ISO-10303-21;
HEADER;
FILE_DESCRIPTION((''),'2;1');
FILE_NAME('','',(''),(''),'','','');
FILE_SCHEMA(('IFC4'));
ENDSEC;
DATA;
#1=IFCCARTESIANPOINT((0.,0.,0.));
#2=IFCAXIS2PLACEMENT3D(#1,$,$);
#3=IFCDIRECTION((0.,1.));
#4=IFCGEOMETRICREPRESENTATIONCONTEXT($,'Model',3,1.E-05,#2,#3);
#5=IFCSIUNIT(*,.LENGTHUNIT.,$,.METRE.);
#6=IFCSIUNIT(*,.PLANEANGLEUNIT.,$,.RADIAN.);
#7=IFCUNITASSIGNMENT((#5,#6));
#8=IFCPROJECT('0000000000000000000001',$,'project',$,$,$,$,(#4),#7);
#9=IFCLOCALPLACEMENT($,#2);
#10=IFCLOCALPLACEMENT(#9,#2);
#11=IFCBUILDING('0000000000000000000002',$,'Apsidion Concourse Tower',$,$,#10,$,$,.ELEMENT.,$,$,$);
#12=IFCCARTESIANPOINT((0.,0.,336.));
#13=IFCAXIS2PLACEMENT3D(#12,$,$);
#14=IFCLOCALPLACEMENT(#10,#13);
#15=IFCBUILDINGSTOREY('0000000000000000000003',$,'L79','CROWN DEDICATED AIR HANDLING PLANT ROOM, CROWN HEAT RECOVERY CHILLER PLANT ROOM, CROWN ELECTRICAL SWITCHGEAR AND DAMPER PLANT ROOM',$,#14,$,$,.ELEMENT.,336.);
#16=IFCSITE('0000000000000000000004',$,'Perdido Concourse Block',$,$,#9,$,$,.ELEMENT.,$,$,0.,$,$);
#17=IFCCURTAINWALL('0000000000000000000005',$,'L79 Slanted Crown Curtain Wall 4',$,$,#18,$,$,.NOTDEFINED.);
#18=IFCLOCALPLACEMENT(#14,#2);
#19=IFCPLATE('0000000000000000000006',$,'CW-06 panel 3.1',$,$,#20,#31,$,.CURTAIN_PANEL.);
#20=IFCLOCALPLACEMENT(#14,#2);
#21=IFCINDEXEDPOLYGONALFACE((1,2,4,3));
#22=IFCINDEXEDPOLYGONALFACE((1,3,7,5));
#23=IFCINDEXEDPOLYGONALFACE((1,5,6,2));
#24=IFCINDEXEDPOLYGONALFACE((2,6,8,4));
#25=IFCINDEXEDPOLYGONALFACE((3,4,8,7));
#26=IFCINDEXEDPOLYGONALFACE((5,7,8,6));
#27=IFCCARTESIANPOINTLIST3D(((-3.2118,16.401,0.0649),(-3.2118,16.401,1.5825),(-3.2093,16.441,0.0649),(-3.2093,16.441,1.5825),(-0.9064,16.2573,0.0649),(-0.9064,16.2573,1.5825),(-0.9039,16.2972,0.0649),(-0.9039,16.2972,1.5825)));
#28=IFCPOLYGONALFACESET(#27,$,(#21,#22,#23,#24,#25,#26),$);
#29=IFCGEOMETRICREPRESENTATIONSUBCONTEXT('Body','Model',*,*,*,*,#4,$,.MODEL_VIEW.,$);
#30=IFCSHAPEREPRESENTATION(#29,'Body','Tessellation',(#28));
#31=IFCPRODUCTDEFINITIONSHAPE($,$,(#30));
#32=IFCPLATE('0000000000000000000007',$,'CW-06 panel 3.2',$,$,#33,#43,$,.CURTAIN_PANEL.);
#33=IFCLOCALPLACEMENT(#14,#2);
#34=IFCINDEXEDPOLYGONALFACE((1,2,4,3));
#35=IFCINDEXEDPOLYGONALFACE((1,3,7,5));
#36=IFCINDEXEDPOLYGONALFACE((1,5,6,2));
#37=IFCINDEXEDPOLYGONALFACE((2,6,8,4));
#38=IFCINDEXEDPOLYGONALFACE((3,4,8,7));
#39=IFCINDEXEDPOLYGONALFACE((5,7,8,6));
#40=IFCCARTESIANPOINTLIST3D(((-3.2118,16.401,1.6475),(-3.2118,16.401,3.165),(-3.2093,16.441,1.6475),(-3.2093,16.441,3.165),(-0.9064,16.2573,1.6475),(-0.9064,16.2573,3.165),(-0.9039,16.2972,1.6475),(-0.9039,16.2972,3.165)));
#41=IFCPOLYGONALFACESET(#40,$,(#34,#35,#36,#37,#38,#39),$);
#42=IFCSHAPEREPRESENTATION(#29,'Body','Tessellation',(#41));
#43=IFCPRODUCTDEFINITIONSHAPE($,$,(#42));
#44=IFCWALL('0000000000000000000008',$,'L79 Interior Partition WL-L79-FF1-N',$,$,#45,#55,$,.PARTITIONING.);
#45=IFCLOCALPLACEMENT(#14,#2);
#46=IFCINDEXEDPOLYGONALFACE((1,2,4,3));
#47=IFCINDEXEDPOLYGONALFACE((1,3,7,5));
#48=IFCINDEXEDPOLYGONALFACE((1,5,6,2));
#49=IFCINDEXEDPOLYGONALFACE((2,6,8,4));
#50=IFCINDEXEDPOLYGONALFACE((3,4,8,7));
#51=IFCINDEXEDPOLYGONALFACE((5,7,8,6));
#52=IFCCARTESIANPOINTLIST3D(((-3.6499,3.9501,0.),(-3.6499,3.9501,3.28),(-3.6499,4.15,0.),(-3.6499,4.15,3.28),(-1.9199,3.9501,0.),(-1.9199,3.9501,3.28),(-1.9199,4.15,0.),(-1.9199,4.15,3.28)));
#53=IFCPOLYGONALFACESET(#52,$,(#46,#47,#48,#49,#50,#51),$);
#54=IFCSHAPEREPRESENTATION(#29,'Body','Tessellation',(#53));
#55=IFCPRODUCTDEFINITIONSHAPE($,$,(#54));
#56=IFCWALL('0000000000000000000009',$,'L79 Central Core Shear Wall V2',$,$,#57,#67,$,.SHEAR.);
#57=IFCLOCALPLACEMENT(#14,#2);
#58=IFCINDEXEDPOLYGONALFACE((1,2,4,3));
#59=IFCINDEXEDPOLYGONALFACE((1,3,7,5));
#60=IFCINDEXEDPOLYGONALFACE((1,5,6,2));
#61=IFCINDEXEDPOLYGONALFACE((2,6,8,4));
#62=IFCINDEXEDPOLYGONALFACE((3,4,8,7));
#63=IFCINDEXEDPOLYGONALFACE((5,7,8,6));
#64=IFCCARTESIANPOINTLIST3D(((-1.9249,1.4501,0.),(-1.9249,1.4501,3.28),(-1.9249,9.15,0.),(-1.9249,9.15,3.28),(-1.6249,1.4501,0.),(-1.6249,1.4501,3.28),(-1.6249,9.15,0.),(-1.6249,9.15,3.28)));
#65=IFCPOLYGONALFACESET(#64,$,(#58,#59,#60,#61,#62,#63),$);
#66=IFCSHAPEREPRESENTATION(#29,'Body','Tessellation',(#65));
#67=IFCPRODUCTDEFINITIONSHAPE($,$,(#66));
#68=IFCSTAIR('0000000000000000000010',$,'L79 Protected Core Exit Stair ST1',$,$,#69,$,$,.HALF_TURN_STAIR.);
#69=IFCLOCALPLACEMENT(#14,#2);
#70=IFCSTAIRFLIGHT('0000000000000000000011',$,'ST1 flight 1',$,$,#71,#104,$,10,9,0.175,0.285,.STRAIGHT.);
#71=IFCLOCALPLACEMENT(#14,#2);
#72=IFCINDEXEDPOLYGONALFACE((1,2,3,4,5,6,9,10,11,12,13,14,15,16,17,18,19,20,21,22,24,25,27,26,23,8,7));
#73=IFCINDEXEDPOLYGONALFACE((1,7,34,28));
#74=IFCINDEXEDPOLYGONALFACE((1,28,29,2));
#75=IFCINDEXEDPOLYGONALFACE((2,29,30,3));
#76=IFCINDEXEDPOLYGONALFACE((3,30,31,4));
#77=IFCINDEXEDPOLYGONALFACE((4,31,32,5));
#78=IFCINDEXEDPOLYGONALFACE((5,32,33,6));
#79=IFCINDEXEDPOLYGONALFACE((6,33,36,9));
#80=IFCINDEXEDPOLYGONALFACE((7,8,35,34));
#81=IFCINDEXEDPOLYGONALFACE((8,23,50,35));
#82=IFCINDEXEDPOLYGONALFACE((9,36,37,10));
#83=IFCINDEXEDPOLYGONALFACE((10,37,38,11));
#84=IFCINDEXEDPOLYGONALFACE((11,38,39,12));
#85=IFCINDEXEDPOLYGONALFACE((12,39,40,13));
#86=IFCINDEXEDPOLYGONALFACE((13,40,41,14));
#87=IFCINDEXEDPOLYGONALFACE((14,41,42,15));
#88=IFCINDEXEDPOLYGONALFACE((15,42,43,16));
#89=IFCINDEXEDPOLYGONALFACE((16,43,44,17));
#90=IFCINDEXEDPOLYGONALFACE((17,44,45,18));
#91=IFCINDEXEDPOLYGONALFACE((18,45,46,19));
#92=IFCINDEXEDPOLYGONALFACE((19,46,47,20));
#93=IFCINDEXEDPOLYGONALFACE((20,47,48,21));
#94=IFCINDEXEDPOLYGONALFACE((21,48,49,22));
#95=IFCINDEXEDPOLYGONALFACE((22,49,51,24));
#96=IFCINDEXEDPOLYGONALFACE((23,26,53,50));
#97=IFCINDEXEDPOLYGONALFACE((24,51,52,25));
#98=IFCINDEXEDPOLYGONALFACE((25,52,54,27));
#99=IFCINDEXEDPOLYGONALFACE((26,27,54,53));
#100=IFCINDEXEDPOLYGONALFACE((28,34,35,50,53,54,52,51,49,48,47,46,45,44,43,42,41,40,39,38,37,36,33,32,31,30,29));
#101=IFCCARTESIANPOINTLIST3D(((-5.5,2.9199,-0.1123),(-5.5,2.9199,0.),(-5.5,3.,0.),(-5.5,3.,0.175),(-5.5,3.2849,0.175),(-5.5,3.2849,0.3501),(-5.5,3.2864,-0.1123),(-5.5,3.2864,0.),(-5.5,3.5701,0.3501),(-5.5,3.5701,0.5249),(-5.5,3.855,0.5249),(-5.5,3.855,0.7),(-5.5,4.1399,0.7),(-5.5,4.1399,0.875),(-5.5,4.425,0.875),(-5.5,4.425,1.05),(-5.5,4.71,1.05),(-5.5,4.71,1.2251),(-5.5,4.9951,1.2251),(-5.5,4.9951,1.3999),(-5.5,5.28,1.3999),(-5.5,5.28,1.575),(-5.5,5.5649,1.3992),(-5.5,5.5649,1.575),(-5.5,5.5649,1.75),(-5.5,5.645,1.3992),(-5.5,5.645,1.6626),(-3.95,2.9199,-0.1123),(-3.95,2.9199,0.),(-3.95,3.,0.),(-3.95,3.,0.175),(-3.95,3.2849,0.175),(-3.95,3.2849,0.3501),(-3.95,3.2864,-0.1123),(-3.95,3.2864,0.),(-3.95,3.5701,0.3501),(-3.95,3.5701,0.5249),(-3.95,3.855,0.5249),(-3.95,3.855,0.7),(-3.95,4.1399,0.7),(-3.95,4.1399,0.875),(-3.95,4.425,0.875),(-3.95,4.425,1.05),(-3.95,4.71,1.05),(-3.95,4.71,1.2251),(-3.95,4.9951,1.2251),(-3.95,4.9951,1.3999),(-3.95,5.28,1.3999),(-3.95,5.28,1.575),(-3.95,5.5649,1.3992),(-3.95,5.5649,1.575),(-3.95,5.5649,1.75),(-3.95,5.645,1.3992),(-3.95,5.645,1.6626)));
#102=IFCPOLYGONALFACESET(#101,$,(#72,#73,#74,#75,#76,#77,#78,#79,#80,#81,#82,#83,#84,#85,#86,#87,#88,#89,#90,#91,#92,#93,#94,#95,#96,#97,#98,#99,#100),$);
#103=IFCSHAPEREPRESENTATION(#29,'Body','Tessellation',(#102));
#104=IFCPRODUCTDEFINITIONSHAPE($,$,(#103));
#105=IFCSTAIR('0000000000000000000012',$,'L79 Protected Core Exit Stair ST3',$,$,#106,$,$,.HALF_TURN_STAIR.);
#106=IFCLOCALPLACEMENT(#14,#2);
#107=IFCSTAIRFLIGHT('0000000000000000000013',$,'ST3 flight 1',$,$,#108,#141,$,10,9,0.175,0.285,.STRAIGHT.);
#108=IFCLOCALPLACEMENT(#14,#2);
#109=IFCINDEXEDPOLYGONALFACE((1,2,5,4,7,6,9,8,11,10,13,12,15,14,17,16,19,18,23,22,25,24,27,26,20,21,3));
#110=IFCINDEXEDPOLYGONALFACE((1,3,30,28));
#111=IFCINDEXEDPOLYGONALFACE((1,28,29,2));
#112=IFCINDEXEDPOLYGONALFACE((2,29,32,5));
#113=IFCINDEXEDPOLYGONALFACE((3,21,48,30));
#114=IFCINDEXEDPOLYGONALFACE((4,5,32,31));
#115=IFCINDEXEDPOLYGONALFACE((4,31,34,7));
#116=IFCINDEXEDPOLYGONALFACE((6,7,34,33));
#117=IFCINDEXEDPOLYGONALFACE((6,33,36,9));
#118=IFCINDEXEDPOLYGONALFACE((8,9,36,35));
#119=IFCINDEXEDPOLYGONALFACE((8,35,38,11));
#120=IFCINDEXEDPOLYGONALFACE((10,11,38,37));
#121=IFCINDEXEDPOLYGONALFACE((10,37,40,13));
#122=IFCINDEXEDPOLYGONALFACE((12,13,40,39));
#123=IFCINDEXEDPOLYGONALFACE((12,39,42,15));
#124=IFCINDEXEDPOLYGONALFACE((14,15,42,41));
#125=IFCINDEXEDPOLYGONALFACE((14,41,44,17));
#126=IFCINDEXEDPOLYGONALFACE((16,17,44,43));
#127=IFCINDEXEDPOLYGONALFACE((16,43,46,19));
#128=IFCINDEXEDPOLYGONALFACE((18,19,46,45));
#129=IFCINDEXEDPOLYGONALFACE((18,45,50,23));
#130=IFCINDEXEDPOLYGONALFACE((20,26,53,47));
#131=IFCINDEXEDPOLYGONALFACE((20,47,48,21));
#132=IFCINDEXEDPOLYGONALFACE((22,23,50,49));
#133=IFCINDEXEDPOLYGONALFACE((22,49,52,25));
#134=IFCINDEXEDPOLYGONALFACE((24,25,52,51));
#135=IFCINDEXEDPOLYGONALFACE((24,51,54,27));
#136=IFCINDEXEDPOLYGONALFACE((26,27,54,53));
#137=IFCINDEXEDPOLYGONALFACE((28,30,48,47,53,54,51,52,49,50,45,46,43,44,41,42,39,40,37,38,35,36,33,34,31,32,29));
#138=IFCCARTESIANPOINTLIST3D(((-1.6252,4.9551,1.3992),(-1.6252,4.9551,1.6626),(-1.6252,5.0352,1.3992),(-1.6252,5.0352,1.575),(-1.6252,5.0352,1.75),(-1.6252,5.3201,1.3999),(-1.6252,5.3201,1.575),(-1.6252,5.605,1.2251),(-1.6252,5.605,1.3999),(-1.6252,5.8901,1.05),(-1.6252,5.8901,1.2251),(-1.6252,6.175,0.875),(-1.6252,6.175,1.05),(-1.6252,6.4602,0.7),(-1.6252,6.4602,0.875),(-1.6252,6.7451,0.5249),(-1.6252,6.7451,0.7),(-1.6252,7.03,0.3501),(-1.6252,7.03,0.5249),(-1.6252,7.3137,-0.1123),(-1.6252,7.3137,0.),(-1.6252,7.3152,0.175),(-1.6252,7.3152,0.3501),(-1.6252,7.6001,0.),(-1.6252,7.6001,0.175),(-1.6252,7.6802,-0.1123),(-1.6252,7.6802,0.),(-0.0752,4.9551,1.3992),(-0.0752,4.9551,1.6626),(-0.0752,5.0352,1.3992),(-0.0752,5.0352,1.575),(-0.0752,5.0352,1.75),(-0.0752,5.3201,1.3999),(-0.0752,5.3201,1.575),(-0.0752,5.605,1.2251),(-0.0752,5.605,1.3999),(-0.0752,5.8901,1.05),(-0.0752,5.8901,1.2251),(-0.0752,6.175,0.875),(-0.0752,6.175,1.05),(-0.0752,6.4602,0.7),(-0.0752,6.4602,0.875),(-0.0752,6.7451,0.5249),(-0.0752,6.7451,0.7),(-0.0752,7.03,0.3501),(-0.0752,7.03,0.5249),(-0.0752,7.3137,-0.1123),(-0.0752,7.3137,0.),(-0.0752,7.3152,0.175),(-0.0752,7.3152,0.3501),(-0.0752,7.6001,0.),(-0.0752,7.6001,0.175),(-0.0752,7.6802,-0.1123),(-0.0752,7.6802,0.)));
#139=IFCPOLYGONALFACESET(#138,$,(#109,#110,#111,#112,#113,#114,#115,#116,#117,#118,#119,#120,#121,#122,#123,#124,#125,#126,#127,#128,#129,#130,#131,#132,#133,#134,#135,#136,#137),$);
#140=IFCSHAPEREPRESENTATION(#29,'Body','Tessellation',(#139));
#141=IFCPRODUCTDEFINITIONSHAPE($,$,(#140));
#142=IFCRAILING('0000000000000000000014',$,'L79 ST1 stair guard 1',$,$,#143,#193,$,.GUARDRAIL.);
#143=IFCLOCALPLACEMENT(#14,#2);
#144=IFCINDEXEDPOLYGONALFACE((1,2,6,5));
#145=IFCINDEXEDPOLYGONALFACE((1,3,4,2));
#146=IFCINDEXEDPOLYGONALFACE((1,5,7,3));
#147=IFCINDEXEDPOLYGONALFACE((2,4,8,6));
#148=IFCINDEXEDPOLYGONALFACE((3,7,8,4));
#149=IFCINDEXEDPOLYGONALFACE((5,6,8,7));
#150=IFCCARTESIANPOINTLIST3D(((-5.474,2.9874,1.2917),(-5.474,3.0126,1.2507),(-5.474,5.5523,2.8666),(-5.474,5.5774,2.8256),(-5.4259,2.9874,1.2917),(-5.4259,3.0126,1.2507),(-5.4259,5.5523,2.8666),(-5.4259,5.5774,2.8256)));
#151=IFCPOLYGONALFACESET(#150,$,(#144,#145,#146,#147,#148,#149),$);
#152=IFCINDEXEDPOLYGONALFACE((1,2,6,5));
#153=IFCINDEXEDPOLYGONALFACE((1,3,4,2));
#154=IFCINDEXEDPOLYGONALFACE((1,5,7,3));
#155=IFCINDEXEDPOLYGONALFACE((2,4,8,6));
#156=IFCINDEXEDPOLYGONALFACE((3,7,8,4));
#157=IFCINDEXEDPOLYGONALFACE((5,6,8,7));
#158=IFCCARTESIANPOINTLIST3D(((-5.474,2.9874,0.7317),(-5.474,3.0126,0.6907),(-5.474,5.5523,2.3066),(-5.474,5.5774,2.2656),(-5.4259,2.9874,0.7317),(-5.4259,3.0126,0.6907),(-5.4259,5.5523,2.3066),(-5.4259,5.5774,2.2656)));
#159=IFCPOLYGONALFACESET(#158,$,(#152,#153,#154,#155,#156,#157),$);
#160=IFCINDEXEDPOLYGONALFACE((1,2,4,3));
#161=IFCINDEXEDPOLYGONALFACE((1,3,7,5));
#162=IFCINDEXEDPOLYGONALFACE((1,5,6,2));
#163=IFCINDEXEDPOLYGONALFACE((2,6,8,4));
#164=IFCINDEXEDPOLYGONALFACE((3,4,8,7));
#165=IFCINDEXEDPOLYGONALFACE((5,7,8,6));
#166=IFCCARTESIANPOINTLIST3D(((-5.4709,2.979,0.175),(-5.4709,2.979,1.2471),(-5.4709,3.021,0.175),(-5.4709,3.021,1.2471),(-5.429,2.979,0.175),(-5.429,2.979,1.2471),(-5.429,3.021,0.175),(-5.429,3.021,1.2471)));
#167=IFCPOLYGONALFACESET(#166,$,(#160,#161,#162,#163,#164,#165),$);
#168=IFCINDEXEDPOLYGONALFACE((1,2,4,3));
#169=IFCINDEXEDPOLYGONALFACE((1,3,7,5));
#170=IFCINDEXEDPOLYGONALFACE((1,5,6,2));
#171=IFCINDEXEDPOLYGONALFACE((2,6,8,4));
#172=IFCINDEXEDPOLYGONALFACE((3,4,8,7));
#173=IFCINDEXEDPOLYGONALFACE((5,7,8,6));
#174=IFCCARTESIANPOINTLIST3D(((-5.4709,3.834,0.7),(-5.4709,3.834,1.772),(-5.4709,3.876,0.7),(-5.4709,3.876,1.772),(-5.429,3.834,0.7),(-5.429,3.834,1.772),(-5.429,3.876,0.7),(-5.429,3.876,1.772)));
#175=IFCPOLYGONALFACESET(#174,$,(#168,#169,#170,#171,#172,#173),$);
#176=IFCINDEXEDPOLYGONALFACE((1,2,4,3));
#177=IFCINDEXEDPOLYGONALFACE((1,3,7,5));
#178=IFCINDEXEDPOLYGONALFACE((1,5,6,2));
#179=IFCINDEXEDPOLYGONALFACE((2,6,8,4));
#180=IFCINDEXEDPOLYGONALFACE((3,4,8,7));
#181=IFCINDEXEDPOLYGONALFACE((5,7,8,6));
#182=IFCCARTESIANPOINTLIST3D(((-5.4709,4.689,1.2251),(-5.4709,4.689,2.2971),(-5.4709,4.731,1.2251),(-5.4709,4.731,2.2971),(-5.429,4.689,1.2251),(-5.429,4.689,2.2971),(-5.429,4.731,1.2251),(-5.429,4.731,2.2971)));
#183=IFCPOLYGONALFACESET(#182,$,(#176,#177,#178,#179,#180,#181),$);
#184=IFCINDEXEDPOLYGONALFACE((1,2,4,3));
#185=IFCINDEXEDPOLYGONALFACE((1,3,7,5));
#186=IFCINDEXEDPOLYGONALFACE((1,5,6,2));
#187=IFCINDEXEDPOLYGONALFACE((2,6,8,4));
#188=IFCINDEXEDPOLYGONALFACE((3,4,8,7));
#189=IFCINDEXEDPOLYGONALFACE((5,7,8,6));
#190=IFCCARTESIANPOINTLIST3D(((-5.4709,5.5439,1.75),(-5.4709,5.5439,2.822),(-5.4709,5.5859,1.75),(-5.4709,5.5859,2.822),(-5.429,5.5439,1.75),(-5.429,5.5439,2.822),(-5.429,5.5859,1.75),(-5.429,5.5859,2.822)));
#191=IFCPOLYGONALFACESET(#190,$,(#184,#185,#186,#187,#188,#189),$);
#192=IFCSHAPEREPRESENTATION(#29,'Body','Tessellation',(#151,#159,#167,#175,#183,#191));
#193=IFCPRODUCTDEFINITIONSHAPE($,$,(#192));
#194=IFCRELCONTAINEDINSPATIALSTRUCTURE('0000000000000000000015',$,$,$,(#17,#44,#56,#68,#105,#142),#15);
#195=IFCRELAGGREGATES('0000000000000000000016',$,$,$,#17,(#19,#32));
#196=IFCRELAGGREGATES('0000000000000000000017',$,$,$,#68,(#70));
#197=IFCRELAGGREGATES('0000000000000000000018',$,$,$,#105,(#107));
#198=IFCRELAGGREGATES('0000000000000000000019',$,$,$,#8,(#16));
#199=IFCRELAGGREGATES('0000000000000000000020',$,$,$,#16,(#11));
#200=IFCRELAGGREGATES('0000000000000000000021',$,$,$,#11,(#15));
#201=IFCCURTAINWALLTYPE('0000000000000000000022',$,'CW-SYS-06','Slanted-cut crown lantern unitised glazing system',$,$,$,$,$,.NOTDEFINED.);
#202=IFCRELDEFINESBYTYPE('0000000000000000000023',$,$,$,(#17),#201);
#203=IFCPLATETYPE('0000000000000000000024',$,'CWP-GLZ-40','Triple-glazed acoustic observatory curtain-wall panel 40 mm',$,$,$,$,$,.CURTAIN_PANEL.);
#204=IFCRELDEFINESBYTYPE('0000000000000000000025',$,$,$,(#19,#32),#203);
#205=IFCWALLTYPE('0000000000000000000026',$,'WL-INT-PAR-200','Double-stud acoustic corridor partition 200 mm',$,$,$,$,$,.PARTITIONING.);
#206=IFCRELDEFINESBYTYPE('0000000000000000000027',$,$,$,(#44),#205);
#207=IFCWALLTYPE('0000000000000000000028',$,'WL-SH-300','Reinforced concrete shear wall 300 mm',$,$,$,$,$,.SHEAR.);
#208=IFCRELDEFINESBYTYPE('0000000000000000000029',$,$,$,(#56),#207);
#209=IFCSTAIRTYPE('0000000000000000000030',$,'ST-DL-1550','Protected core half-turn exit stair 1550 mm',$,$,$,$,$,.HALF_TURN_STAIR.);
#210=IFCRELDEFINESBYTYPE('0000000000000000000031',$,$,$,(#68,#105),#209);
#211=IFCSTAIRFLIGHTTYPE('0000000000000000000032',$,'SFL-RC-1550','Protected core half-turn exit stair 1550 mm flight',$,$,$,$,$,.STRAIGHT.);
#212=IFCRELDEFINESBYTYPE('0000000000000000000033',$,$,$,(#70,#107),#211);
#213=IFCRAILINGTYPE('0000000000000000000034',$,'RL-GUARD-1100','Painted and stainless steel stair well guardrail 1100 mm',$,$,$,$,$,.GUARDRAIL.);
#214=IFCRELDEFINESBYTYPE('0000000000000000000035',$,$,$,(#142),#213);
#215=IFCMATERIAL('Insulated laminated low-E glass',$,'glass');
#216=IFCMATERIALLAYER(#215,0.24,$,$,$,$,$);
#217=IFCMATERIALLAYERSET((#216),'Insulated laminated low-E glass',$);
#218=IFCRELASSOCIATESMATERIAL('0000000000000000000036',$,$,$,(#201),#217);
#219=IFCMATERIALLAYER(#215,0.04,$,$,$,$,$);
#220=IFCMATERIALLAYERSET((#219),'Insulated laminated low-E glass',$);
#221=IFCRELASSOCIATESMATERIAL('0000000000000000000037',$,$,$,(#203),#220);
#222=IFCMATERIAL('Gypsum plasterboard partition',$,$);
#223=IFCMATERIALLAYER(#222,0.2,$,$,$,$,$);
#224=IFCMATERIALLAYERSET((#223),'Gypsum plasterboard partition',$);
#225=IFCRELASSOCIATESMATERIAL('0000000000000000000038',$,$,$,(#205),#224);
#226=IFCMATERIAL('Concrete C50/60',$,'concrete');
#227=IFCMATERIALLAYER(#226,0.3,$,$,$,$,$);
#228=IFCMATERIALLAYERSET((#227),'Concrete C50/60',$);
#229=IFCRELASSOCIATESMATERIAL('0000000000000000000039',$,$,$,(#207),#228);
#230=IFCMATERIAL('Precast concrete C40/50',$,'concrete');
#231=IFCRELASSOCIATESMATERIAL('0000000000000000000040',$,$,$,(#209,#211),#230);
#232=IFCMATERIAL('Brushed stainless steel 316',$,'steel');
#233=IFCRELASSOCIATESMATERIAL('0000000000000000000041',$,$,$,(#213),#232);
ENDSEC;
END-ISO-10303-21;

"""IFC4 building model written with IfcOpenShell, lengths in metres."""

from ifc_helpers import new_model, si_unit, direction, frame, frame_2d, origin, origin_2d, place, context, subcontext, project, spatial, polyline, rectangle, outline, extrude, material, layer, layer_set, type_object, element, aggregate, save


model = new_model("IFC4")

# Units and contexts
model_context = context("Model", 3, precision=1e-05, world=origin(), true_north=direction((0.0, 1.0)))
body_context = subcontext(model_context, "Body", "Model", "MODEL_VIEW")
ifc_project = project(units=[si_unit("LENGTHUNIT", "METRE"), si_unit("PLANEANGLEUNIT", "RADIAN")], contexts=[model_context])

# Site, building, storey
site_placement = place(None, origin())
site = spatial("IfcSite", under=ifc_project, at=site_placement, Name="Perdido Concourse Block", CompositionType="ELEMENT", RefElevation=0.0)
building_placement = place(site_placement, origin())
building = spatial("IfcBuilding", under=site, at=building_placement, Name="Apsidion Concourse Tower", CompositionType="ELEMENT")
storey_placement = place(building_placement, frame((0.0, 0.0, 336.0)))
storey = spatial("IfcBuildingStorey", under=building, at=storey_placement, Name="L79", Description="CROWN DEDICATED AIR HANDLING PLANT ROOM, CROWN HEAT RECOVERY CHILLER PLANT ROOM, CROWN ELECTRICAL SWITCHGEAR AND DAMPER PLANT ROOM", CompositionType="ELEMENT", Elevation=336.0)

# Shared definitions
ifc_material_1 = material(Name="Concrete C50/60", Category="concrete")

# Curtain wall, plates
ifc_material_2 = material(Name="Insulated laminated low-E glass", Category="glass")
ifc_layer_1 = layer(ifc_material_2, 0.24)
ifc_layer_set_1 = layer_set([ifc_layer_1], Name="Insulated laminated low-E glass")
curtain_wall_type = type_object("IfcCurtainWallType", Name="CW-SYS-06", Description="Slanted-cut crown lantern unitised glazing system", PredefinedType="NOTDEFINED", material=ifc_layer_set_1)
curtain_wall_placement = place(storey_placement, origin())
curtain_wall = element("IfcCurtainWall", 1, at=curtain_wall_placement, inside=storey, type_object=curtain_wall_type, Name="L79 Slanted Crown Curtain Wall 4", PredefinedType="NOTDEFINED")
ifc_layer_2 = layer(ifc_material_2, 0.04)
ifc_layer_set_2 = layer_set([ifc_layer_2], Name="Insulated laminated low-E glass")
plate_type = type_object("IfcPlateType", Name="CWP-GLZ-40", Description="Triple-glazed acoustic observatory curtain-wall panel 40 mm", PredefinedType="CURTAIN_PANEL", material=ifc_layer_set_2)
plate_1_placement = place(storey_placement, frame((-2.0579, 16.3491, 0.0649), z_axis=(0.0, 0.0, 1.0), x_axis=(0.998061, -0.062245, 0.0)))
plate_1 = element("IfcPlate", 2, at=plate_1_placement, type_object=plate_type, Name="CW-06 panel 3.1", PredefinedType="CURTAIN_PANEL", context=body_context, shape_type="SweptSolid", body=[
    extrude(rectangle(XDim=2.3098, YDim=0.04, at=origin_2d()), origin(), (0.0, 0.0, 1.0), 1.5176),
])
plate_2_placement = place(storey_placement, frame((-2.0579, 16.3491, 1.6475), z_axis=(0.0, 0.0, 1.0), x_axis=(0.998061, -0.062245, 0.0)))
plate_2 = element("IfcPlate", 3, at=plate_2_placement, type_object=plate_type, Name="CW-06 panel 3.2", PredefinedType="CURTAIN_PANEL", context=body_context, shape_type="SweptSolid", body=[
    extrude(rectangle(XDim=2.3098, YDim=0.04, at=origin_2d()), origin(), (0.0, 0.0, 1.0), 1.5176),
])
aggregate(curtain_wall, [plate_1, plate_2])

# Walls
ifc_material_3 = material(Name="Gypsum plasterboard partition")
ifc_layer_3 = layer(ifc_material_3, 0.2)
ifc_layer_set_3 = layer_set([ifc_layer_3], Name="Gypsum plasterboard partition")
wall_type_1 = type_object("IfcWallType", Name="WL-INT-PAR-200", Description="Double-stud acoustic corridor partition 200 mm", PredefinedType="PARTITIONING", material=ifc_layer_set_3)
wall_1_placement = place(storey_placement, frame((-3.6499, 4.05, 0.0), z_axis=(0.0, 0.0, 1.0), x_axis=(1.0, 0.0, 0.0)))
element("IfcWall", 4, at=wall_1_placement, inside=storey, type_object=wall_type_1, Name="L79 Interior Partition WL-L79-FF1-N", PredefinedType="PARTITIONING", context=body_context, shape_type="SweptSolid", body=[
    extrude(rectangle(XDim=1.73, YDim=0.2, at=frame_2d((0.865, 0.0))), origin(), (0.0, 0.0, 1.0), 3.28),
])
ifc_layer_4 = layer(ifc_material_1, 0.3)
ifc_layer_set_4 = layer_set([ifc_layer_4], Name="Concrete C50/60")
wall_type_2 = type_object("IfcWallType", Name="WL-SH-300", Description="Reinforced concrete shear wall 300 mm", PredefinedType="SHEAR", material=ifc_layer_set_4)
wall_2_placement = place(storey_placement, frame((-1.7749, 1.45, 0.0), z_axis=(0.0, 0.0, 1.0), x_axis=(0.0, 1.0, 0.0)))
element("IfcWall", 5, at=wall_2_placement, inside=storey, type_object=wall_type_2, Name="L79 Central Core Shear Wall V2", PredefinedType="SHEAR", context=body_context, shape_type="SweptSolid", body=[
    extrude(rectangle(XDim=7.7, YDim=0.3, at=frame_2d((3.8501, 0.0))), origin(), (0.0, 0.0, 1.0), 3.28),
])

# Stairs, stair flights
ifc_material_4 = material(Name="Precast concrete C40/50", Category="concrete")
stair_type = type_object("IfcStairType", Name="ST-DL-1550", Description="Protected core half-turn exit stair 1550 mm", PredefinedType="HALF_TURN_STAIR", material=ifc_material_4)
stair_1_placement = place(storey_placement, origin())
stair_1 = element("IfcStair", 6, at=stair_1_placement, inside=storey, type_object=stair_type, Name="L79 Protected Core Exit Stair ST1", PredefinedType="HALF_TURN_STAIR")
stair_flight_type = type_object("IfcStairFlightType", Name="SFL-RC-1550", Description="Protected core half-turn exit stair 1550 mm flight", PredefinedType="STRAIGHT", material=ifc_material_4)
stair_flight_1_placement = place(storey_placement, frame((-4.7251, 3.0, 0.0), z_axis=(0.0, 0.0, 1.0), x_axis=(0.0, 1.0, 0.0)))
stair_flight_1 = element("IfcStairFlight", 7, at=stair_flight_1_placement, type_object=stair_flight_type, Name="ST1 flight 1", NumberOfRisers=10, NumberOfTreads=9, PredefinedType="STRAIGHT", RiserHeight=0.175, TreadLength=0.285, context=body_context, shape_type="SweptSolid", body=[
    extrude(outline(polyline([(-0.0801, -0.1123), (-0.0801, 0.0), (0.0, 0.0), (0.0, 0.175), (0.2849, 0.175), (0.2849, 0.3501), (0.5701, 0.3501), (0.5701, 0.5249), (0.855, 0.5249), (0.855, 0.7), (1.1399, 0.7), (1.1399, 0.875), (1.425, 0.875), (1.425, 1.05), (1.71, 1.05), (1.71, 1.2251), (1.9951, 1.2251), (1.9951, 1.3999), (2.28, 1.3999), (2.28, 1.575), (2.5649, 1.575), (2.5649, 1.75), (2.645, 1.6626), (2.645, 1.3992), (2.5649, 1.3992), (0.2864, 0.0), (0.2864, -0.1123), (-0.0801, -0.1123)])), frame((0.0, 0.7749, 0.0), z_axis=(0.0, -1.0, 0.0), x_axis=(1.0, 0.0, 0.0)), (0.0, 0.0, 1.0), 1.55),
])
aggregate(stair_1, [stair_flight_1])
stair_2_placement = place(storey_placement, origin())
stair_2 = element("IfcStair", 8, at=stair_2_placement, inside=storey, type_object=stair_type, Name="L79 Protected Core Exit Stair ST3", PredefinedType="HALF_TURN_STAIR")
stair_flight_2_placement = place(storey_placement, frame((-0.8501, 7.6001, 0.0), z_axis=(0.0, 0.0, 1.0), x_axis=(0.0, -1.0, 0.0)))
stair_flight_2 = element("IfcStairFlight", 9, at=stair_flight_2_placement, type_object=stair_flight_type, Name="ST3 flight 1", NumberOfRisers=10, NumberOfTreads=9, PredefinedType="STRAIGHT", RiserHeight=0.175, TreadLength=0.285, context=body_context, shape_type="SweptSolid", body=[
    extrude(outline(polyline([(-0.0801, -0.1123), (-0.0801, 0.0), (0.0, 0.0), (0.0, 0.175), (0.2849, 0.175), (0.2849, 0.3501), (0.5701, 0.3501), (0.5701, 0.5249), (0.855, 0.5249), (0.855, 0.7), (1.1399, 0.7), (1.1399, 0.875), (1.425, 0.875), (1.425, 1.05), (1.71, 1.05), (1.71, 1.2251), (1.9951, 1.2251), (1.9951, 1.3999), (2.28, 1.3999), (2.28, 1.575), (2.5649, 1.575), (2.5649, 1.75), (2.645, 1.6626), (2.645, 1.3992), (2.5649, 1.3992), (0.2864, 0.0), (0.2864, -0.1123), (-0.0801, -0.1123)])), frame((0.0, 0.7749, 0.0), z_axis=(0.0, -1.0, 0.0), x_axis=(1.0, 0.0, 0.0)), (0.0, 0.0, 1.0), 1.55),
])
aggregate(stair_2, [stair_flight_2])

# Railing
ifc_material_5 = material(Name="Brushed stainless steel 316", Category="steel")
railing_type_1 = type_object("IfcRailingType", Name="RL-GUARD-1100", Description="Painted and stainless steel stair well guardrail 1100 mm", PredefinedType="GUARDRAIL", material=ifc_material_5)
railing_1_placement = place(storey_placement, frame((-5.45, 3.0, 0.175)))
element("IfcRailing", 10, at=railing_1_placement, inside=storey, type_object=railing_type_1, Name="L79 ST1 stair guard 1", PredefinedType="GUARDRAIL", context=body_context, shape_type="SweptSolid", body=[
    extrude(rectangle(XDim=0.0481, YDim=0.0481, at=origin_2d()), frame((0.0, 0.0, 1.0962), z_axis=(0.0, 0.852173, 0.52326), x_axis=(-1.0, 0.0, 0.0)), (0.0, 0.0, 1.0), 3.0098),
    extrude(rectangle(XDim=0.0481, YDim=0.0481, at=origin_2d()), frame((0.0, 0.0, 0.5361), z_axis=(0.0, 0.852173, 0.52326), x_axis=(-1.0, 0.0, 0.0)), (0.0, 0.0, 1.0), 3.0098),
    extrude(rectangle(XDim=0.042, YDim=0.042, at=origin_2d()), origin(), (0.0, 0.0, 1.0), 1.072),
    extrude(rectangle(XDim=0.042, YDim=0.042, at=origin_2d()), frame((0.0, 0.855, 0.5249)), (0.0, 0.0, 1.0), 1.072),
    extrude(rectangle(XDim=0.042, YDim=0.042, at=origin_2d()), frame((0.0, 1.71, 1.05)), (0.0, 0.0, 1.0), 1.072),
    extrude(rectangle(XDim=0.042, YDim=0.042, at=origin_2d()), frame((0.0, 2.5649, 1.575)), (0.0, 0.0, 1.0), 1.072),
])

save(model, "model.ifc")
